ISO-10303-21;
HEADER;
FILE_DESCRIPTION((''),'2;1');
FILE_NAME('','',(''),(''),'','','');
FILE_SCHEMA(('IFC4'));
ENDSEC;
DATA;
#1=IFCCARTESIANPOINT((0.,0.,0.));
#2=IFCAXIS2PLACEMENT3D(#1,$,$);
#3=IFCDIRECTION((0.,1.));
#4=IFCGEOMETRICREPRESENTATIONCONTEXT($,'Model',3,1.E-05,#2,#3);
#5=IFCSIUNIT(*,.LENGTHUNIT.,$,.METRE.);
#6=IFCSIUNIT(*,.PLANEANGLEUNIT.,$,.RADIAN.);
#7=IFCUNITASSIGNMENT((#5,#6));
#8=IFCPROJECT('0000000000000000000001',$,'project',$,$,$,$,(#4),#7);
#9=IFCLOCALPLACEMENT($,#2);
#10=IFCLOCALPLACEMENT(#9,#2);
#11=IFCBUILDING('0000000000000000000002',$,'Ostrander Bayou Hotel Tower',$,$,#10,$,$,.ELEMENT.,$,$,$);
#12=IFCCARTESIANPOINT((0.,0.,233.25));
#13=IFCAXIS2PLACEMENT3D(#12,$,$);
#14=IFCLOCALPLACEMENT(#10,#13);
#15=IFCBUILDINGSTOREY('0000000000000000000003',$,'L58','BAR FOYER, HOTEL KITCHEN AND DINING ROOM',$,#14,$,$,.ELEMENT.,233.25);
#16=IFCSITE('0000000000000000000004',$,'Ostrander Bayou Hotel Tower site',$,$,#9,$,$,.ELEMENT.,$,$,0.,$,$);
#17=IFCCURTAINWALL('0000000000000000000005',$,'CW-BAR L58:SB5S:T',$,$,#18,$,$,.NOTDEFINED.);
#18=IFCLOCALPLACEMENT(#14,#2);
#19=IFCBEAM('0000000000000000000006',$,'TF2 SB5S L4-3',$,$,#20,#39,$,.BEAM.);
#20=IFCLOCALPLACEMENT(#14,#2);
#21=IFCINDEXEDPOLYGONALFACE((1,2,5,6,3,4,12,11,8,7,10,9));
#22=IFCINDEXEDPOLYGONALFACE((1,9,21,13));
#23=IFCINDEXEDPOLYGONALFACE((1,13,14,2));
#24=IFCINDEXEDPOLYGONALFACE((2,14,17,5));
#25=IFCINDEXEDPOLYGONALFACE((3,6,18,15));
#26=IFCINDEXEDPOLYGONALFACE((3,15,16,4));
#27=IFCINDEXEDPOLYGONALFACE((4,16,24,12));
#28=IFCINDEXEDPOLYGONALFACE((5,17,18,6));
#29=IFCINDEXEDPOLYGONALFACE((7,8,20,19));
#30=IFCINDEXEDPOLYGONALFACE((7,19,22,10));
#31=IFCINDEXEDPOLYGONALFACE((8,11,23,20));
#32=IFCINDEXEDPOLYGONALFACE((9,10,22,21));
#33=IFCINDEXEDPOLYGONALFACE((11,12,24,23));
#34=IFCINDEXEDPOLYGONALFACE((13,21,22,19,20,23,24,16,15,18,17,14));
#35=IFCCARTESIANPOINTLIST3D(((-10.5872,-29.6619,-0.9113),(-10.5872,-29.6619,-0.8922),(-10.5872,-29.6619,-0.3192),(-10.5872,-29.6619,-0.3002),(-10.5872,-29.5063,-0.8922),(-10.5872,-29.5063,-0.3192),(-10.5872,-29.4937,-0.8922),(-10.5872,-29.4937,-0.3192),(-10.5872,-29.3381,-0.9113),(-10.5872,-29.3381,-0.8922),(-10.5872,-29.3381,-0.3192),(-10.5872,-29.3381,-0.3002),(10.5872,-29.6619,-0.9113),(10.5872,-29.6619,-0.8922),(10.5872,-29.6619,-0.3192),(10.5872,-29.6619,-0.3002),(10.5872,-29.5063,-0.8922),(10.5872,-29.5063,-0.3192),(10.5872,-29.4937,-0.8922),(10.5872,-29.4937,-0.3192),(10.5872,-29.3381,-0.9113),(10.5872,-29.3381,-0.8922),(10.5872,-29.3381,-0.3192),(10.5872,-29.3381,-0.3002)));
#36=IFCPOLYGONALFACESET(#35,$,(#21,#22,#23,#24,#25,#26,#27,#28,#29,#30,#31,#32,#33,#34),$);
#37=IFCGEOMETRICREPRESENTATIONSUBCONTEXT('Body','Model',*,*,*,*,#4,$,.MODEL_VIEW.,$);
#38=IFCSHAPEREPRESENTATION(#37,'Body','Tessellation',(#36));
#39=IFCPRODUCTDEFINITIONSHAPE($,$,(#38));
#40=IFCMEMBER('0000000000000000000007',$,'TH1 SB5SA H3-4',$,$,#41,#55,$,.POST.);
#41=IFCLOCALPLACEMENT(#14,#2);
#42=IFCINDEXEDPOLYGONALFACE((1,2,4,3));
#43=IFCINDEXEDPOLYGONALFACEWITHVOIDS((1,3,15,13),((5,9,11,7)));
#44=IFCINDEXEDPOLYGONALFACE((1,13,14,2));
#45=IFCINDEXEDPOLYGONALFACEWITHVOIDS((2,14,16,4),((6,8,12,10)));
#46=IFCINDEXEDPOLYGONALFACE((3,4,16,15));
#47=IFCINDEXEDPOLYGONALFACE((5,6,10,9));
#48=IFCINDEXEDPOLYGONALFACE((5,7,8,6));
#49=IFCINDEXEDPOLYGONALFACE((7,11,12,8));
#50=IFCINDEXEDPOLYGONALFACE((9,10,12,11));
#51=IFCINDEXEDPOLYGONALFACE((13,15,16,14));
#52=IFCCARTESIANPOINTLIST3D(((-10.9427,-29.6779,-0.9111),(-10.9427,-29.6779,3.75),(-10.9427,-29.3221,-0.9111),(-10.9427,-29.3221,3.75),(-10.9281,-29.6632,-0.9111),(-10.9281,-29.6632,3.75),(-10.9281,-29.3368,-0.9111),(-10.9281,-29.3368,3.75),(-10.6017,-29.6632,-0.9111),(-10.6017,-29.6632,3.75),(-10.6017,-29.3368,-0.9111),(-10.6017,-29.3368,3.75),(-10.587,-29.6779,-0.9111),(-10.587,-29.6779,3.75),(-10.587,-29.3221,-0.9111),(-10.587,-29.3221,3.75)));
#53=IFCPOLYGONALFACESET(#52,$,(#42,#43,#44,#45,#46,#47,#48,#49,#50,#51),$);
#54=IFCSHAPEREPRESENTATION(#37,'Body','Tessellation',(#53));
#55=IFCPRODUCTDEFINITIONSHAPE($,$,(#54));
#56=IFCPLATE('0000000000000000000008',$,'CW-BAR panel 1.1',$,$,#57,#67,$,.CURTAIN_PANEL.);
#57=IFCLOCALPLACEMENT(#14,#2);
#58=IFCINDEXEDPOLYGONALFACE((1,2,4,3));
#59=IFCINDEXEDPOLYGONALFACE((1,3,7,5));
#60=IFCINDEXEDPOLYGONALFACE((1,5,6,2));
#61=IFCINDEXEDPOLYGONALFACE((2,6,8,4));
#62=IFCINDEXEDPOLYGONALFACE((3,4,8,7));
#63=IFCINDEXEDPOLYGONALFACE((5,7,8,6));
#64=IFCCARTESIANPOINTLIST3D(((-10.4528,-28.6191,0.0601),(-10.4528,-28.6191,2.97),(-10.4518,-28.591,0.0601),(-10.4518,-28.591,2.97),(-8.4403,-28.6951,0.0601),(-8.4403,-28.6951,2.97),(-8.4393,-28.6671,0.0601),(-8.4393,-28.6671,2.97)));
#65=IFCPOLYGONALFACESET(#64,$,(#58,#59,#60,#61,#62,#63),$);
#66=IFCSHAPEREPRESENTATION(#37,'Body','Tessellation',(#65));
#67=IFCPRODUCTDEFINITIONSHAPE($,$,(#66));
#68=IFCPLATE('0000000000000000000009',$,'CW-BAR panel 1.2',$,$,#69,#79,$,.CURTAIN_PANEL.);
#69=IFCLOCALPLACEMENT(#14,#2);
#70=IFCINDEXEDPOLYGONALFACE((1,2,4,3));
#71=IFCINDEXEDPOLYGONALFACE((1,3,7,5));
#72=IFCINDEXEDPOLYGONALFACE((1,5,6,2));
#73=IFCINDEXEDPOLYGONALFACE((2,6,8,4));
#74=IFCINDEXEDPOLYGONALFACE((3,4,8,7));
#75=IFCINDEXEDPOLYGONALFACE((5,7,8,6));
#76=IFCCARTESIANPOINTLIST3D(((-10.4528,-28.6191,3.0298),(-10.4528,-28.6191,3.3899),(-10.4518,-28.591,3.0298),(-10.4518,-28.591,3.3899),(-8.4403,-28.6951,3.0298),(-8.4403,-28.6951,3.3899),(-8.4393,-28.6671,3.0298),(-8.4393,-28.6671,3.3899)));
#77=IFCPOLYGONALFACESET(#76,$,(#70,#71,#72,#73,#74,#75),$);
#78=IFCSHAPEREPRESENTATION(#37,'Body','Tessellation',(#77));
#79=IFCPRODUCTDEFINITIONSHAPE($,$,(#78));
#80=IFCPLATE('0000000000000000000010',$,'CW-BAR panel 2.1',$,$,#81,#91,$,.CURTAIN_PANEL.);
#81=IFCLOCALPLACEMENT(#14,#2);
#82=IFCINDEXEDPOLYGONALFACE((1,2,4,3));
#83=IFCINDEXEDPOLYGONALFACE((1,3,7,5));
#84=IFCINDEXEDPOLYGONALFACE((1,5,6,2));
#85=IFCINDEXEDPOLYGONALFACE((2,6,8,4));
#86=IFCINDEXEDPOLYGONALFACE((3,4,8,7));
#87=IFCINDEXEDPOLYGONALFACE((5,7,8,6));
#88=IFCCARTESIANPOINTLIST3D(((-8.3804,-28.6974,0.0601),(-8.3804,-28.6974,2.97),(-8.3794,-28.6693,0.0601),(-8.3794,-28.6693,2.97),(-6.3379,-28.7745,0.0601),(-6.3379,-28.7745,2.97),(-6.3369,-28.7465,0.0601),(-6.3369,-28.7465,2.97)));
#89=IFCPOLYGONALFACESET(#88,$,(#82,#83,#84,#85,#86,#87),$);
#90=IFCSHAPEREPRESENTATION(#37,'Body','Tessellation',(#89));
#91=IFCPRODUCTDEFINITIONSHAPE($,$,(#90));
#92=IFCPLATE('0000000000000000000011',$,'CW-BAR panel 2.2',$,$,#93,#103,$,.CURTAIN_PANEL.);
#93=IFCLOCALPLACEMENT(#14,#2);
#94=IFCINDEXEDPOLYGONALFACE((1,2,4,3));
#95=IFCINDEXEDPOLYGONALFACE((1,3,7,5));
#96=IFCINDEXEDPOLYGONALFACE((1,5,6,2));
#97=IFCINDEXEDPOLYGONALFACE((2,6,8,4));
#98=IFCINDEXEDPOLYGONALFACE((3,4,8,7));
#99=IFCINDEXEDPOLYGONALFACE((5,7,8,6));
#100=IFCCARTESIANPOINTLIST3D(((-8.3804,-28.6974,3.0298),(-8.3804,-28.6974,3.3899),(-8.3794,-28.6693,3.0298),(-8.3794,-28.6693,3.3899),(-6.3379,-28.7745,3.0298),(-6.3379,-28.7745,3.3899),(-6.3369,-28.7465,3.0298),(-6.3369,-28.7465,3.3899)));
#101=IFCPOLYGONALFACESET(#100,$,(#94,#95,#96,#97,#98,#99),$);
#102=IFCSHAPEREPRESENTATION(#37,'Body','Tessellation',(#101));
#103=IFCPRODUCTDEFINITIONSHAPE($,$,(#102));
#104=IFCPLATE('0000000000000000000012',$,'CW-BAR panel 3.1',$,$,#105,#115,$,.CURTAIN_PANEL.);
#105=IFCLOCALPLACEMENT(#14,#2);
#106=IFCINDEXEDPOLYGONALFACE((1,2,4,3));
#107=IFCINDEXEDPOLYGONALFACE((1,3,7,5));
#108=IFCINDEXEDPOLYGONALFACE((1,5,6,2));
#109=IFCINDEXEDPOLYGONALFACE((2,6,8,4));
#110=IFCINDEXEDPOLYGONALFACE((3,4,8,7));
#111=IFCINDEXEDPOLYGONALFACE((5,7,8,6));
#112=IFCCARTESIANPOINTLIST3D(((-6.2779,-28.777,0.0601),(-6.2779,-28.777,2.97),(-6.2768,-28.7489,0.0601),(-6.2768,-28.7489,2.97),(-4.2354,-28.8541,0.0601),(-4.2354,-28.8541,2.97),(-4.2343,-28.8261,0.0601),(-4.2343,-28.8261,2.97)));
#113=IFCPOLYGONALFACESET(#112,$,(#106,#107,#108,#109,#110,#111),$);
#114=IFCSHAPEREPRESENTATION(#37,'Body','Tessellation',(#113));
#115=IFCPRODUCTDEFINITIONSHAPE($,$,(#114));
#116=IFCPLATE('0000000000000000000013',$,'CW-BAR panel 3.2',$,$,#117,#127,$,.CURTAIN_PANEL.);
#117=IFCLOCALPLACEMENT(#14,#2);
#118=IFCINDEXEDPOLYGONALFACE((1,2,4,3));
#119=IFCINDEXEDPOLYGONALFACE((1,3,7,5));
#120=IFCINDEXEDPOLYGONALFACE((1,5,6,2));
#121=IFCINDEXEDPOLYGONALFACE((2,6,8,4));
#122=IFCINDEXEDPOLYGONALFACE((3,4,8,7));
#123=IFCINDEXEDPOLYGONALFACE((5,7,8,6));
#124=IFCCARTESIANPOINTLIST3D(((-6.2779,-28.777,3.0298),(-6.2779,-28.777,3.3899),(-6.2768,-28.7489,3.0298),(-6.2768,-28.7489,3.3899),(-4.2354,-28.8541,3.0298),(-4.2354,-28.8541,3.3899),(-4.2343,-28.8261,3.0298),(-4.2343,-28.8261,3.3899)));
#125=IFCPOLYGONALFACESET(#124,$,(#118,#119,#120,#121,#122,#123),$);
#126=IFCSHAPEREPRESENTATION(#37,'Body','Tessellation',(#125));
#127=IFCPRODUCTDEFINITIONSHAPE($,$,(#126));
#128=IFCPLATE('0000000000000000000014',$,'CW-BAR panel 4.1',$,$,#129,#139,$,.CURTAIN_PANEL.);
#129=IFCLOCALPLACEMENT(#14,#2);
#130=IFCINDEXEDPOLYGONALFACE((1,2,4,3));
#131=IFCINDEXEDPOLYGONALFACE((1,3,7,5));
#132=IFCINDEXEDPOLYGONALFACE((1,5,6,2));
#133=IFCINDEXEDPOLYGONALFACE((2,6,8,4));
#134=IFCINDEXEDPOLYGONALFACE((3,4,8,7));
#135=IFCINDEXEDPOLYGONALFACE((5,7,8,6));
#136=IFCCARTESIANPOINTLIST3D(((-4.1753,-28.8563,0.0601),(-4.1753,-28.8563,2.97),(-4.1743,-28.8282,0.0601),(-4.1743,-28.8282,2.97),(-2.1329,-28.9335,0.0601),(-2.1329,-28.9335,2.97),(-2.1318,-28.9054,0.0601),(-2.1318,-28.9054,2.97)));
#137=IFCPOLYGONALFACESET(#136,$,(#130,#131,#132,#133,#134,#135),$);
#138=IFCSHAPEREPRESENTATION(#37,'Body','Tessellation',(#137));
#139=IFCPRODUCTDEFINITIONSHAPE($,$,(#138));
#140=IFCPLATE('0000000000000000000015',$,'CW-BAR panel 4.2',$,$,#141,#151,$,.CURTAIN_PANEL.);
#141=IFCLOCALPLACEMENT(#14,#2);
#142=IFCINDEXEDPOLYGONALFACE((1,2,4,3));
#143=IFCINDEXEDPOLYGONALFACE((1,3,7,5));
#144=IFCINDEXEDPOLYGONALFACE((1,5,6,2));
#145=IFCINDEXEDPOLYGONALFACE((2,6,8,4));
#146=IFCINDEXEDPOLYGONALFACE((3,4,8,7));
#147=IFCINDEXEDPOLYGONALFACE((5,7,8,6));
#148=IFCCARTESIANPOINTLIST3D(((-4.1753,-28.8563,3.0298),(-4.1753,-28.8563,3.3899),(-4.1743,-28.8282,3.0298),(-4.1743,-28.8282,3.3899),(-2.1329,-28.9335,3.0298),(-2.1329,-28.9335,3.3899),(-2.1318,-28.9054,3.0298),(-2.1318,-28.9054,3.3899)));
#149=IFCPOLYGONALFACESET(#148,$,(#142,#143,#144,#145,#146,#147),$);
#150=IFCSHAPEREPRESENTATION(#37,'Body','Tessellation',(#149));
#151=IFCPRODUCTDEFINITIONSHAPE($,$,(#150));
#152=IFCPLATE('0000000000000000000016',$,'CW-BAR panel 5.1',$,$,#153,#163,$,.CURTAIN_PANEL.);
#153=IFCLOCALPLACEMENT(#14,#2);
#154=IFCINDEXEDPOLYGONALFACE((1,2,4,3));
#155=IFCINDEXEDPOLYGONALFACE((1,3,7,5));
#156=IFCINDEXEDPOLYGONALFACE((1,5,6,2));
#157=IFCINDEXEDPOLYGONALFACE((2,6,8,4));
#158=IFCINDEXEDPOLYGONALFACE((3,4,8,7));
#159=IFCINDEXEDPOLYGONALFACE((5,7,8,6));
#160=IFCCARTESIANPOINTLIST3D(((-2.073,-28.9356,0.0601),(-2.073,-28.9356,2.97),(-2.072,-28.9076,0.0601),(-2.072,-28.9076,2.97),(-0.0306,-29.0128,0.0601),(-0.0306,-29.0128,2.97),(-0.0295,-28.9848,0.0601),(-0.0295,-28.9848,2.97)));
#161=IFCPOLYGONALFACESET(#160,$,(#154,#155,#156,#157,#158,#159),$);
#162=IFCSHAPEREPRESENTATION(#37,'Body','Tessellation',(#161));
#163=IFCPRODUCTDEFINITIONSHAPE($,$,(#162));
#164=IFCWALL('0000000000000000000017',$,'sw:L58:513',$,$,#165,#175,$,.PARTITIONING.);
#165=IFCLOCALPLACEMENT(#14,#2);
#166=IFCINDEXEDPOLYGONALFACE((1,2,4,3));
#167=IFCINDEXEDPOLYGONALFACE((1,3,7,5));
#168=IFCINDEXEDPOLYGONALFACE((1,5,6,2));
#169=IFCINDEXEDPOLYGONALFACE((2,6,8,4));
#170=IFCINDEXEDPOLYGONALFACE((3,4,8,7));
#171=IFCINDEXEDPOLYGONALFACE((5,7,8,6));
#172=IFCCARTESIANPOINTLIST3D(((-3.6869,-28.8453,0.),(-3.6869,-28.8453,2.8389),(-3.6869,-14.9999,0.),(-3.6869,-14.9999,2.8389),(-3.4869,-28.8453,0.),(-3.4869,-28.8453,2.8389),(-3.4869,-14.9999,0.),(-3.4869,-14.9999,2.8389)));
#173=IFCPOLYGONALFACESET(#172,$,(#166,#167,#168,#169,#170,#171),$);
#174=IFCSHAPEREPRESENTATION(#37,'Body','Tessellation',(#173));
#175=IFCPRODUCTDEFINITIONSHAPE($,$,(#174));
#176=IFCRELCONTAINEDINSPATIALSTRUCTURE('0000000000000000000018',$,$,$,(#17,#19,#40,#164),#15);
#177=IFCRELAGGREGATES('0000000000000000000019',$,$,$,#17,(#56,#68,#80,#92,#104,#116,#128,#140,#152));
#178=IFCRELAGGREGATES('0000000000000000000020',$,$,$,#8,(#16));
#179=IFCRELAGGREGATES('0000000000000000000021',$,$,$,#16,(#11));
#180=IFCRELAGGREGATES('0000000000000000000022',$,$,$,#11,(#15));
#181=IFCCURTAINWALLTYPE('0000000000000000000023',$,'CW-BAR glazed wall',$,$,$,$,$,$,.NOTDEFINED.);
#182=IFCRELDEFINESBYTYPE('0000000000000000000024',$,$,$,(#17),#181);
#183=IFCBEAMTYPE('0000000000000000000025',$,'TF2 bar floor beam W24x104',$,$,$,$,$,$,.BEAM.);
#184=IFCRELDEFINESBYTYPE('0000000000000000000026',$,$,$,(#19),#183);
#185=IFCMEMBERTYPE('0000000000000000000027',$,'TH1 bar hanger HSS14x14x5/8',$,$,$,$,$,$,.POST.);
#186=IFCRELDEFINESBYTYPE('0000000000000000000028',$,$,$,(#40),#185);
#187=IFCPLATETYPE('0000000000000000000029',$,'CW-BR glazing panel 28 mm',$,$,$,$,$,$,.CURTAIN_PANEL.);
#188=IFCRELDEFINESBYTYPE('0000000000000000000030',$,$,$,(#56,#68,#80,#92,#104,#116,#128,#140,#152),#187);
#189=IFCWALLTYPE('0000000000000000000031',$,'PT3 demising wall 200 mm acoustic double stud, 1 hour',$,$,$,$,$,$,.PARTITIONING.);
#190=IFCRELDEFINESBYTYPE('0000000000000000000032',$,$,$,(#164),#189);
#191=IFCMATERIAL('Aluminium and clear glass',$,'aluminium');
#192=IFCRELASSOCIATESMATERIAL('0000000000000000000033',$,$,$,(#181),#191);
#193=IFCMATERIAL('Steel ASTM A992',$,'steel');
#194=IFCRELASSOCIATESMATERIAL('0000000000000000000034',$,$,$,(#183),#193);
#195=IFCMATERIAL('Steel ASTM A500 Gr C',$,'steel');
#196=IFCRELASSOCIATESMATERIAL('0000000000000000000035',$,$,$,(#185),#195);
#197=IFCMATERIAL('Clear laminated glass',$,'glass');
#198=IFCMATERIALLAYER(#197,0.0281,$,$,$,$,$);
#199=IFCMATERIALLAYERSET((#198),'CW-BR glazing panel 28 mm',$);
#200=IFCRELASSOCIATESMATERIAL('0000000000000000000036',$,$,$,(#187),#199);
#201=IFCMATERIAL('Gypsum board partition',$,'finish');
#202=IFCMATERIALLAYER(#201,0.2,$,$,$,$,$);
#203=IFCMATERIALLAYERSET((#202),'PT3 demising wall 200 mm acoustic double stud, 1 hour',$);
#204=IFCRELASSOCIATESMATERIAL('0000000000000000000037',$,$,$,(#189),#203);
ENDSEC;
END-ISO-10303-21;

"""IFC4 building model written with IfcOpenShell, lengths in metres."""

from ifc_helpers import new_model, si_unit, direction, frame, frame_2d, origin, origin_2d, place, context, subcontext, project, spatial, rectangle, hollow_rectangle, i_section, extrude, material, layer, layer_set, material_profile, profile_set, type_object, element, aggregate, save


model = new_model("IFC4")

# Units and contexts
model_context = context("Model", 3, precision=1e-05, world=origin(), true_north=direction((0.0, 1.0)))
body_context = subcontext(model_context, "Body", "Model", "MODEL_VIEW")
ifc_project = project(units=[si_unit("LENGTHUNIT", "METRE"), si_unit("PLANEANGLEUNIT", "RADIAN")], contexts=[model_context])

# Site, building, storey
site_placement = place(None, origin())
site = spatial("IfcSite", under=ifc_project, at=site_placement, Name="Ostrander Bayou Hotel Tower site", CompositionType="ELEMENT", RefElevation=0.0)
building_placement = place(site_placement, origin())
building = spatial("IfcBuilding", under=site, at=building_placement, Name="Ostrander Bayou Hotel Tower", CompositionType="ELEMENT")
storey_placement = place(building_placement, frame((0.0, 0.0, 233.25)))
storey = spatial("IfcBuildingStorey", under=building, at=storey_placement, Name="L58", Description="BAR FOYER, HOTEL KITCHEN AND DINING ROOM", CompositionType="ELEMENT", Elevation=233.25)

# Shared definitions
ifc_material_1 = material(Name="Aluminium and clear glass", Category="aluminium")
curtain_wall_type = type_object("IfcCurtainWallType", Name="CW-BAR glazed wall", PredefinedType="NOTDEFINED", material=ifc_material_1)

# Curtain wall
curtain_wall_1_placement = place(storey_placement, origin())
curtain_wall_1 = element("IfcCurtainWall", 1, at=curtain_wall_1_placement, inside=storey, type_object=curtain_wall_type, Name="CW-BAR L58:SB5S:T", PredefinedType="NOTDEFINED")

# Beam
ifc_material_2 = material(Name="Steel ASTM A992", Category="steel")
ifc_material_profile_1 = material_profile(ifc_material_2, i_section(OverallWidth=0.3237, OverallDepth=0.6111, WebThickness=0.0127, FlangeThickness=0.019, at=origin_2d()))
ifc_profile_set_1 = profile_set([ifc_material_profile_1], Name="Steel ASTM A992")
beam_type = type_object("IfcBeamType", Name="TF2 bar floor beam W24x104", PredefinedType="BEAM", material=ifc_profile_set_1)
beam_placement = place(storey_placement, frame((-10.5872, -29.5, -0.6057), z_axis=(1.0, 0.0, 0.0), x_axis=(0.0, 1.0, 0.0)))
element("IfcBeam", 2, at=beam_placement, inside=storey, type_object=beam_type, Name="TF2 SB5S L4-3", PredefinedType="BEAM", context=body_context, shape_type="SweptSolid", body=[
    extrude(i_section(OverallWidth=0.3237, OverallDepth=0.6111, WebThickness=0.0127, FlangeThickness=0.019, at=origin_2d()), origin(), (0.0, 0.0, 1.0), 21.1743),
])

# Member
ifc_material_3 = material(Name="Steel ASTM A500 Gr C", Category="steel")
ifc_material_profile_2 = material_profile(ifc_material_3, hollow_rectangle(XDim=0.3557, YDim=0.3557, WallThickness=0.0146, at=origin_2d()))
ifc_profile_set_2 = profile_set([ifc_material_profile_2], Name="Steel ASTM A500 Gr C")
member_type_1 = type_object("IfcMemberType", Name="TH1 bar hanger HSS14x14x5/8", PredefinedType="POST", material=ifc_profile_set_2)
member_1_placement = place(storey_placement, frame((-10.7649, -29.5, -0.9111), z_axis=(0.0, 0.0, 1.0), x_axis=(1.0, 0.0, 0.0)))
element("IfcMember", 3, at=member_1_placement, inside=storey, type_object=member_type_1, Name="TH1 SB5SA H3-4", PredefinedType="POST", context=body_context, shape_type="SweptSolid", body=[
    extrude(hollow_rectangle(XDim=0.3557, YDim=0.3557, WallThickness=0.0146, at=origin_2d()), origin(), (0.0, 0.0, 1.0), 4.6611),
])

# Plates
ifc_material_4 = material(Name="Clear laminated glass", Category="glass")
ifc_layer_1 = layer(ifc_material_4, 0.0281)
ifc_layer_set_1 = layer_set([ifc_layer_1], Name="CW-BR glazing panel 28 mm")
plate_type = type_object("IfcPlateType", Name="CW-BR glazing panel 28 mm", PredefinedType="CURTAIN_PANEL", material=ifc_layer_set_1)
plate_1_placement = place(storey_placement, frame((-9.446, -28.6431, 0.0601), z_axis=(0.0, 0.0, 1.0), x_axis=(0.999287, -0.037758, 0.0)))
plate_1 = element("IfcPlate", 4, at=plate_1_placement, type_object=plate_type, Name="CW-BAR panel 1.1", PredefinedType="CURTAIN_PANEL", context=body_context, shape_type="SweptSolid", body=[
    extrude(rectangle(XDim=2.0139, YDim=0.0281, at=origin_2d()), origin(), (0.0, 0.0, 1.0), 2.9099),
])
plate_2_placement = place(storey_placement, frame((-9.446, -28.6431, 3.0298), z_axis=(0.0, 0.0, 1.0), x_axis=(0.999287, -0.037758, 0.0)))
plate_2 = element("IfcPlate", 5, at=plate_2_placement, type_object=plate_type, Name="CW-BAR panel 1.2", PredefinedType="CURTAIN_PANEL", context=body_context, shape_type="SweptSolid", body=[
    extrude(rectangle(XDim=2.0139, YDim=0.0281, at=origin_2d()), origin(), (0.0, 0.0, 1.0), 0.3601),
])
plate_3_placement = place(storey_placement, frame((-7.3586, -28.7219, 0.0601), z_axis=(0.0, 0.0, 1.0), x_axis=(0.999287, -0.037758, 0.0)))
plate_3 = element("IfcPlate", 6, at=plate_3_placement, type_object=plate_type, Name="CW-BAR panel 2.1", PredefinedType="CURTAIN_PANEL", context=body_context, shape_type="SweptSolid", body=[
    extrude(rectangle(XDim=2.0439, YDim=0.0281, at=origin_2d()), origin(), (0.0, 0.0, 1.0), 2.9099),
])
plate_4_placement = place(storey_placement, frame((-7.3586, -28.7219, 3.0298), z_axis=(0.0, 0.0, 1.0), x_axis=(0.999287, -0.037758, 0.0)))
plate_4 = element("IfcPlate", 7, at=plate_4_placement, type_object=plate_type, Name="CW-BAR panel 2.2", PredefinedType="CURTAIN_PANEL", context=body_context, shape_type="SweptSolid", body=[
    extrude(rectangle(XDim=2.0439, YDim=0.0281, at=origin_2d()), origin(), (0.0, 0.0, 1.0), 0.3601),
])
plate_5_placement = place(storey_placement, frame((-5.2561, -28.8015, 0.0601), z_axis=(0.0, 0.0, 1.0), x_axis=(0.999287, -0.037758, 0.0)))
plate_5 = element("IfcPlate", 8, at=plate_5_placement, type_object=plate_type, Name="CW-BAR panel 3.1", PredefinedType="CURTAIN_PANEL", context=body_context, shape_type="SweptSolid", body=[
    extrude(rectangle(XDim=2.0439, YDim=0.0281, at=origin_2d()), origin(), (0.0, 0.0, 1.0), 2.9099),
])
plate_6_placement = place(storey_placement, frame((-5.2561, -28.8015, 3.0298), z_axis=(0.0, 0.0, 1.0), x_axis=(0.999287, -0.037758, 0.0)))
plate_6 = element("IfcPlate", 9, at=plate_6_placement, type_object=plate_type, Name="CW-BAR panel 3.2", PredefinedType="CURTAIN_PANEL", context=body_context, shape_type="SweptSolid", body=[
    extrude(rectangle(XDim=2.0439, YDim=0.0281, at=origin_2d()), origin(), (0.0, 0.0, 1.0), 0.3601),
])
plate_7_placement = place(storey_placement, frame((-3.1536, -28.8809, 0.0601), z_axis=(0.0, 0.0, 1.0), x_axis=(0.999287, -0.037758, 0.0)))
plate_7 = element("IfcPlate", 10, at=plate_7_placement, type_object=plate_type, Name="CW-BAR panel 4.1", PredefinedType="CURTAIN_PANEL", context=body_context, shape_type="SweptSolid", body=[
    extrude(rectangle(XDim=2.0439, YDim=0.0281, at=origin_2d()), origin(), (0.0, 0.0, 1.0), 2.9099),
])
plate_8_placement = place(storey_placement, frame((-3.1536, -28.8809, 3.0298), z_axis=(0.0, 0.0, 1.0), x_axis=(0.999287, -0.037758, 0.0)))
plate_8 = element("IfcPlate", 11, at=plate_8_placement, type_object=plate_type, Name="CW-BAR panel 4.2", PredefinedType="CURTAIN_PANEL", context=body_context, shape_type="SweptSolid", body=[
    extrude(rectangle(XDim=2.0439, YDim=0.0281, at=origin_2d()), origin(), (0.0, 0.0, 1.0), 0.3601),
])
plate_9_placement = place(storey_placement, frame((-1.0513, -28.9602, 0.0601), z_axis=(0.0, 0.0, 1.0), x_axis=(0.999287, -0.037758, 0.0)))
plate_9 = element("IfcPlate", 12, at=plate_9_placement, type_object=plate_type, Name="CW-BAR panel 5.1", PredefinedType="CURTAIN_PANEL", context=body_context, shape_type="SweptSolid", body=[
    extrude(rectangle(XDim=2.0439, YDim=0.0281, at=origin_2d()), origin(), (0.0, 0.0, 1.0), 2.9099),
])
aggregate(curtain_wall_1, [plate_1, plate_2, plate_3, plate_4, plate_5, plate_6, plate_7, plate_8, plate_9])

# Wall
ifc_material_5 = material(Name="Gypsum board partition", Category="finish")
ifc_layer_2 = layer(ifc_material_5, 0.2)
ifc_layer_set_2 = layer_set([ifc_layer_2], Name="PT3 demising wall 200 mm acoustic double stud, 1 hour")
wall_type = type_object("IfcWallType", Name="PT3 demising wall 200 mm acoustic double stud, 1 hour", PredefinedType="PARTITIONING", material=ifc_layer_set_2)
wall_placement = place(storey_placement, frame((-3.5869, -28.8455, 0.0), z_axis=(0.0, 0.0, 1.0), x_axis=(0.0, 1.0, 0.0)))
element("IfcWall", 13, at=wall_placement, inside=storey, type_object=wall_type, Name="sw:L58:513", PredefinedType="PARTITIONING", context=body_context, shape_type="SweptSolid", body=[
    extrude(rectangle(XDim=13.8455, YDim=0.2, at=frame_2d((6.9229, 0.0))), origin(), (0.0, 0.0, 1.0), 2.8389),
])

save(model, "model.ifc")
